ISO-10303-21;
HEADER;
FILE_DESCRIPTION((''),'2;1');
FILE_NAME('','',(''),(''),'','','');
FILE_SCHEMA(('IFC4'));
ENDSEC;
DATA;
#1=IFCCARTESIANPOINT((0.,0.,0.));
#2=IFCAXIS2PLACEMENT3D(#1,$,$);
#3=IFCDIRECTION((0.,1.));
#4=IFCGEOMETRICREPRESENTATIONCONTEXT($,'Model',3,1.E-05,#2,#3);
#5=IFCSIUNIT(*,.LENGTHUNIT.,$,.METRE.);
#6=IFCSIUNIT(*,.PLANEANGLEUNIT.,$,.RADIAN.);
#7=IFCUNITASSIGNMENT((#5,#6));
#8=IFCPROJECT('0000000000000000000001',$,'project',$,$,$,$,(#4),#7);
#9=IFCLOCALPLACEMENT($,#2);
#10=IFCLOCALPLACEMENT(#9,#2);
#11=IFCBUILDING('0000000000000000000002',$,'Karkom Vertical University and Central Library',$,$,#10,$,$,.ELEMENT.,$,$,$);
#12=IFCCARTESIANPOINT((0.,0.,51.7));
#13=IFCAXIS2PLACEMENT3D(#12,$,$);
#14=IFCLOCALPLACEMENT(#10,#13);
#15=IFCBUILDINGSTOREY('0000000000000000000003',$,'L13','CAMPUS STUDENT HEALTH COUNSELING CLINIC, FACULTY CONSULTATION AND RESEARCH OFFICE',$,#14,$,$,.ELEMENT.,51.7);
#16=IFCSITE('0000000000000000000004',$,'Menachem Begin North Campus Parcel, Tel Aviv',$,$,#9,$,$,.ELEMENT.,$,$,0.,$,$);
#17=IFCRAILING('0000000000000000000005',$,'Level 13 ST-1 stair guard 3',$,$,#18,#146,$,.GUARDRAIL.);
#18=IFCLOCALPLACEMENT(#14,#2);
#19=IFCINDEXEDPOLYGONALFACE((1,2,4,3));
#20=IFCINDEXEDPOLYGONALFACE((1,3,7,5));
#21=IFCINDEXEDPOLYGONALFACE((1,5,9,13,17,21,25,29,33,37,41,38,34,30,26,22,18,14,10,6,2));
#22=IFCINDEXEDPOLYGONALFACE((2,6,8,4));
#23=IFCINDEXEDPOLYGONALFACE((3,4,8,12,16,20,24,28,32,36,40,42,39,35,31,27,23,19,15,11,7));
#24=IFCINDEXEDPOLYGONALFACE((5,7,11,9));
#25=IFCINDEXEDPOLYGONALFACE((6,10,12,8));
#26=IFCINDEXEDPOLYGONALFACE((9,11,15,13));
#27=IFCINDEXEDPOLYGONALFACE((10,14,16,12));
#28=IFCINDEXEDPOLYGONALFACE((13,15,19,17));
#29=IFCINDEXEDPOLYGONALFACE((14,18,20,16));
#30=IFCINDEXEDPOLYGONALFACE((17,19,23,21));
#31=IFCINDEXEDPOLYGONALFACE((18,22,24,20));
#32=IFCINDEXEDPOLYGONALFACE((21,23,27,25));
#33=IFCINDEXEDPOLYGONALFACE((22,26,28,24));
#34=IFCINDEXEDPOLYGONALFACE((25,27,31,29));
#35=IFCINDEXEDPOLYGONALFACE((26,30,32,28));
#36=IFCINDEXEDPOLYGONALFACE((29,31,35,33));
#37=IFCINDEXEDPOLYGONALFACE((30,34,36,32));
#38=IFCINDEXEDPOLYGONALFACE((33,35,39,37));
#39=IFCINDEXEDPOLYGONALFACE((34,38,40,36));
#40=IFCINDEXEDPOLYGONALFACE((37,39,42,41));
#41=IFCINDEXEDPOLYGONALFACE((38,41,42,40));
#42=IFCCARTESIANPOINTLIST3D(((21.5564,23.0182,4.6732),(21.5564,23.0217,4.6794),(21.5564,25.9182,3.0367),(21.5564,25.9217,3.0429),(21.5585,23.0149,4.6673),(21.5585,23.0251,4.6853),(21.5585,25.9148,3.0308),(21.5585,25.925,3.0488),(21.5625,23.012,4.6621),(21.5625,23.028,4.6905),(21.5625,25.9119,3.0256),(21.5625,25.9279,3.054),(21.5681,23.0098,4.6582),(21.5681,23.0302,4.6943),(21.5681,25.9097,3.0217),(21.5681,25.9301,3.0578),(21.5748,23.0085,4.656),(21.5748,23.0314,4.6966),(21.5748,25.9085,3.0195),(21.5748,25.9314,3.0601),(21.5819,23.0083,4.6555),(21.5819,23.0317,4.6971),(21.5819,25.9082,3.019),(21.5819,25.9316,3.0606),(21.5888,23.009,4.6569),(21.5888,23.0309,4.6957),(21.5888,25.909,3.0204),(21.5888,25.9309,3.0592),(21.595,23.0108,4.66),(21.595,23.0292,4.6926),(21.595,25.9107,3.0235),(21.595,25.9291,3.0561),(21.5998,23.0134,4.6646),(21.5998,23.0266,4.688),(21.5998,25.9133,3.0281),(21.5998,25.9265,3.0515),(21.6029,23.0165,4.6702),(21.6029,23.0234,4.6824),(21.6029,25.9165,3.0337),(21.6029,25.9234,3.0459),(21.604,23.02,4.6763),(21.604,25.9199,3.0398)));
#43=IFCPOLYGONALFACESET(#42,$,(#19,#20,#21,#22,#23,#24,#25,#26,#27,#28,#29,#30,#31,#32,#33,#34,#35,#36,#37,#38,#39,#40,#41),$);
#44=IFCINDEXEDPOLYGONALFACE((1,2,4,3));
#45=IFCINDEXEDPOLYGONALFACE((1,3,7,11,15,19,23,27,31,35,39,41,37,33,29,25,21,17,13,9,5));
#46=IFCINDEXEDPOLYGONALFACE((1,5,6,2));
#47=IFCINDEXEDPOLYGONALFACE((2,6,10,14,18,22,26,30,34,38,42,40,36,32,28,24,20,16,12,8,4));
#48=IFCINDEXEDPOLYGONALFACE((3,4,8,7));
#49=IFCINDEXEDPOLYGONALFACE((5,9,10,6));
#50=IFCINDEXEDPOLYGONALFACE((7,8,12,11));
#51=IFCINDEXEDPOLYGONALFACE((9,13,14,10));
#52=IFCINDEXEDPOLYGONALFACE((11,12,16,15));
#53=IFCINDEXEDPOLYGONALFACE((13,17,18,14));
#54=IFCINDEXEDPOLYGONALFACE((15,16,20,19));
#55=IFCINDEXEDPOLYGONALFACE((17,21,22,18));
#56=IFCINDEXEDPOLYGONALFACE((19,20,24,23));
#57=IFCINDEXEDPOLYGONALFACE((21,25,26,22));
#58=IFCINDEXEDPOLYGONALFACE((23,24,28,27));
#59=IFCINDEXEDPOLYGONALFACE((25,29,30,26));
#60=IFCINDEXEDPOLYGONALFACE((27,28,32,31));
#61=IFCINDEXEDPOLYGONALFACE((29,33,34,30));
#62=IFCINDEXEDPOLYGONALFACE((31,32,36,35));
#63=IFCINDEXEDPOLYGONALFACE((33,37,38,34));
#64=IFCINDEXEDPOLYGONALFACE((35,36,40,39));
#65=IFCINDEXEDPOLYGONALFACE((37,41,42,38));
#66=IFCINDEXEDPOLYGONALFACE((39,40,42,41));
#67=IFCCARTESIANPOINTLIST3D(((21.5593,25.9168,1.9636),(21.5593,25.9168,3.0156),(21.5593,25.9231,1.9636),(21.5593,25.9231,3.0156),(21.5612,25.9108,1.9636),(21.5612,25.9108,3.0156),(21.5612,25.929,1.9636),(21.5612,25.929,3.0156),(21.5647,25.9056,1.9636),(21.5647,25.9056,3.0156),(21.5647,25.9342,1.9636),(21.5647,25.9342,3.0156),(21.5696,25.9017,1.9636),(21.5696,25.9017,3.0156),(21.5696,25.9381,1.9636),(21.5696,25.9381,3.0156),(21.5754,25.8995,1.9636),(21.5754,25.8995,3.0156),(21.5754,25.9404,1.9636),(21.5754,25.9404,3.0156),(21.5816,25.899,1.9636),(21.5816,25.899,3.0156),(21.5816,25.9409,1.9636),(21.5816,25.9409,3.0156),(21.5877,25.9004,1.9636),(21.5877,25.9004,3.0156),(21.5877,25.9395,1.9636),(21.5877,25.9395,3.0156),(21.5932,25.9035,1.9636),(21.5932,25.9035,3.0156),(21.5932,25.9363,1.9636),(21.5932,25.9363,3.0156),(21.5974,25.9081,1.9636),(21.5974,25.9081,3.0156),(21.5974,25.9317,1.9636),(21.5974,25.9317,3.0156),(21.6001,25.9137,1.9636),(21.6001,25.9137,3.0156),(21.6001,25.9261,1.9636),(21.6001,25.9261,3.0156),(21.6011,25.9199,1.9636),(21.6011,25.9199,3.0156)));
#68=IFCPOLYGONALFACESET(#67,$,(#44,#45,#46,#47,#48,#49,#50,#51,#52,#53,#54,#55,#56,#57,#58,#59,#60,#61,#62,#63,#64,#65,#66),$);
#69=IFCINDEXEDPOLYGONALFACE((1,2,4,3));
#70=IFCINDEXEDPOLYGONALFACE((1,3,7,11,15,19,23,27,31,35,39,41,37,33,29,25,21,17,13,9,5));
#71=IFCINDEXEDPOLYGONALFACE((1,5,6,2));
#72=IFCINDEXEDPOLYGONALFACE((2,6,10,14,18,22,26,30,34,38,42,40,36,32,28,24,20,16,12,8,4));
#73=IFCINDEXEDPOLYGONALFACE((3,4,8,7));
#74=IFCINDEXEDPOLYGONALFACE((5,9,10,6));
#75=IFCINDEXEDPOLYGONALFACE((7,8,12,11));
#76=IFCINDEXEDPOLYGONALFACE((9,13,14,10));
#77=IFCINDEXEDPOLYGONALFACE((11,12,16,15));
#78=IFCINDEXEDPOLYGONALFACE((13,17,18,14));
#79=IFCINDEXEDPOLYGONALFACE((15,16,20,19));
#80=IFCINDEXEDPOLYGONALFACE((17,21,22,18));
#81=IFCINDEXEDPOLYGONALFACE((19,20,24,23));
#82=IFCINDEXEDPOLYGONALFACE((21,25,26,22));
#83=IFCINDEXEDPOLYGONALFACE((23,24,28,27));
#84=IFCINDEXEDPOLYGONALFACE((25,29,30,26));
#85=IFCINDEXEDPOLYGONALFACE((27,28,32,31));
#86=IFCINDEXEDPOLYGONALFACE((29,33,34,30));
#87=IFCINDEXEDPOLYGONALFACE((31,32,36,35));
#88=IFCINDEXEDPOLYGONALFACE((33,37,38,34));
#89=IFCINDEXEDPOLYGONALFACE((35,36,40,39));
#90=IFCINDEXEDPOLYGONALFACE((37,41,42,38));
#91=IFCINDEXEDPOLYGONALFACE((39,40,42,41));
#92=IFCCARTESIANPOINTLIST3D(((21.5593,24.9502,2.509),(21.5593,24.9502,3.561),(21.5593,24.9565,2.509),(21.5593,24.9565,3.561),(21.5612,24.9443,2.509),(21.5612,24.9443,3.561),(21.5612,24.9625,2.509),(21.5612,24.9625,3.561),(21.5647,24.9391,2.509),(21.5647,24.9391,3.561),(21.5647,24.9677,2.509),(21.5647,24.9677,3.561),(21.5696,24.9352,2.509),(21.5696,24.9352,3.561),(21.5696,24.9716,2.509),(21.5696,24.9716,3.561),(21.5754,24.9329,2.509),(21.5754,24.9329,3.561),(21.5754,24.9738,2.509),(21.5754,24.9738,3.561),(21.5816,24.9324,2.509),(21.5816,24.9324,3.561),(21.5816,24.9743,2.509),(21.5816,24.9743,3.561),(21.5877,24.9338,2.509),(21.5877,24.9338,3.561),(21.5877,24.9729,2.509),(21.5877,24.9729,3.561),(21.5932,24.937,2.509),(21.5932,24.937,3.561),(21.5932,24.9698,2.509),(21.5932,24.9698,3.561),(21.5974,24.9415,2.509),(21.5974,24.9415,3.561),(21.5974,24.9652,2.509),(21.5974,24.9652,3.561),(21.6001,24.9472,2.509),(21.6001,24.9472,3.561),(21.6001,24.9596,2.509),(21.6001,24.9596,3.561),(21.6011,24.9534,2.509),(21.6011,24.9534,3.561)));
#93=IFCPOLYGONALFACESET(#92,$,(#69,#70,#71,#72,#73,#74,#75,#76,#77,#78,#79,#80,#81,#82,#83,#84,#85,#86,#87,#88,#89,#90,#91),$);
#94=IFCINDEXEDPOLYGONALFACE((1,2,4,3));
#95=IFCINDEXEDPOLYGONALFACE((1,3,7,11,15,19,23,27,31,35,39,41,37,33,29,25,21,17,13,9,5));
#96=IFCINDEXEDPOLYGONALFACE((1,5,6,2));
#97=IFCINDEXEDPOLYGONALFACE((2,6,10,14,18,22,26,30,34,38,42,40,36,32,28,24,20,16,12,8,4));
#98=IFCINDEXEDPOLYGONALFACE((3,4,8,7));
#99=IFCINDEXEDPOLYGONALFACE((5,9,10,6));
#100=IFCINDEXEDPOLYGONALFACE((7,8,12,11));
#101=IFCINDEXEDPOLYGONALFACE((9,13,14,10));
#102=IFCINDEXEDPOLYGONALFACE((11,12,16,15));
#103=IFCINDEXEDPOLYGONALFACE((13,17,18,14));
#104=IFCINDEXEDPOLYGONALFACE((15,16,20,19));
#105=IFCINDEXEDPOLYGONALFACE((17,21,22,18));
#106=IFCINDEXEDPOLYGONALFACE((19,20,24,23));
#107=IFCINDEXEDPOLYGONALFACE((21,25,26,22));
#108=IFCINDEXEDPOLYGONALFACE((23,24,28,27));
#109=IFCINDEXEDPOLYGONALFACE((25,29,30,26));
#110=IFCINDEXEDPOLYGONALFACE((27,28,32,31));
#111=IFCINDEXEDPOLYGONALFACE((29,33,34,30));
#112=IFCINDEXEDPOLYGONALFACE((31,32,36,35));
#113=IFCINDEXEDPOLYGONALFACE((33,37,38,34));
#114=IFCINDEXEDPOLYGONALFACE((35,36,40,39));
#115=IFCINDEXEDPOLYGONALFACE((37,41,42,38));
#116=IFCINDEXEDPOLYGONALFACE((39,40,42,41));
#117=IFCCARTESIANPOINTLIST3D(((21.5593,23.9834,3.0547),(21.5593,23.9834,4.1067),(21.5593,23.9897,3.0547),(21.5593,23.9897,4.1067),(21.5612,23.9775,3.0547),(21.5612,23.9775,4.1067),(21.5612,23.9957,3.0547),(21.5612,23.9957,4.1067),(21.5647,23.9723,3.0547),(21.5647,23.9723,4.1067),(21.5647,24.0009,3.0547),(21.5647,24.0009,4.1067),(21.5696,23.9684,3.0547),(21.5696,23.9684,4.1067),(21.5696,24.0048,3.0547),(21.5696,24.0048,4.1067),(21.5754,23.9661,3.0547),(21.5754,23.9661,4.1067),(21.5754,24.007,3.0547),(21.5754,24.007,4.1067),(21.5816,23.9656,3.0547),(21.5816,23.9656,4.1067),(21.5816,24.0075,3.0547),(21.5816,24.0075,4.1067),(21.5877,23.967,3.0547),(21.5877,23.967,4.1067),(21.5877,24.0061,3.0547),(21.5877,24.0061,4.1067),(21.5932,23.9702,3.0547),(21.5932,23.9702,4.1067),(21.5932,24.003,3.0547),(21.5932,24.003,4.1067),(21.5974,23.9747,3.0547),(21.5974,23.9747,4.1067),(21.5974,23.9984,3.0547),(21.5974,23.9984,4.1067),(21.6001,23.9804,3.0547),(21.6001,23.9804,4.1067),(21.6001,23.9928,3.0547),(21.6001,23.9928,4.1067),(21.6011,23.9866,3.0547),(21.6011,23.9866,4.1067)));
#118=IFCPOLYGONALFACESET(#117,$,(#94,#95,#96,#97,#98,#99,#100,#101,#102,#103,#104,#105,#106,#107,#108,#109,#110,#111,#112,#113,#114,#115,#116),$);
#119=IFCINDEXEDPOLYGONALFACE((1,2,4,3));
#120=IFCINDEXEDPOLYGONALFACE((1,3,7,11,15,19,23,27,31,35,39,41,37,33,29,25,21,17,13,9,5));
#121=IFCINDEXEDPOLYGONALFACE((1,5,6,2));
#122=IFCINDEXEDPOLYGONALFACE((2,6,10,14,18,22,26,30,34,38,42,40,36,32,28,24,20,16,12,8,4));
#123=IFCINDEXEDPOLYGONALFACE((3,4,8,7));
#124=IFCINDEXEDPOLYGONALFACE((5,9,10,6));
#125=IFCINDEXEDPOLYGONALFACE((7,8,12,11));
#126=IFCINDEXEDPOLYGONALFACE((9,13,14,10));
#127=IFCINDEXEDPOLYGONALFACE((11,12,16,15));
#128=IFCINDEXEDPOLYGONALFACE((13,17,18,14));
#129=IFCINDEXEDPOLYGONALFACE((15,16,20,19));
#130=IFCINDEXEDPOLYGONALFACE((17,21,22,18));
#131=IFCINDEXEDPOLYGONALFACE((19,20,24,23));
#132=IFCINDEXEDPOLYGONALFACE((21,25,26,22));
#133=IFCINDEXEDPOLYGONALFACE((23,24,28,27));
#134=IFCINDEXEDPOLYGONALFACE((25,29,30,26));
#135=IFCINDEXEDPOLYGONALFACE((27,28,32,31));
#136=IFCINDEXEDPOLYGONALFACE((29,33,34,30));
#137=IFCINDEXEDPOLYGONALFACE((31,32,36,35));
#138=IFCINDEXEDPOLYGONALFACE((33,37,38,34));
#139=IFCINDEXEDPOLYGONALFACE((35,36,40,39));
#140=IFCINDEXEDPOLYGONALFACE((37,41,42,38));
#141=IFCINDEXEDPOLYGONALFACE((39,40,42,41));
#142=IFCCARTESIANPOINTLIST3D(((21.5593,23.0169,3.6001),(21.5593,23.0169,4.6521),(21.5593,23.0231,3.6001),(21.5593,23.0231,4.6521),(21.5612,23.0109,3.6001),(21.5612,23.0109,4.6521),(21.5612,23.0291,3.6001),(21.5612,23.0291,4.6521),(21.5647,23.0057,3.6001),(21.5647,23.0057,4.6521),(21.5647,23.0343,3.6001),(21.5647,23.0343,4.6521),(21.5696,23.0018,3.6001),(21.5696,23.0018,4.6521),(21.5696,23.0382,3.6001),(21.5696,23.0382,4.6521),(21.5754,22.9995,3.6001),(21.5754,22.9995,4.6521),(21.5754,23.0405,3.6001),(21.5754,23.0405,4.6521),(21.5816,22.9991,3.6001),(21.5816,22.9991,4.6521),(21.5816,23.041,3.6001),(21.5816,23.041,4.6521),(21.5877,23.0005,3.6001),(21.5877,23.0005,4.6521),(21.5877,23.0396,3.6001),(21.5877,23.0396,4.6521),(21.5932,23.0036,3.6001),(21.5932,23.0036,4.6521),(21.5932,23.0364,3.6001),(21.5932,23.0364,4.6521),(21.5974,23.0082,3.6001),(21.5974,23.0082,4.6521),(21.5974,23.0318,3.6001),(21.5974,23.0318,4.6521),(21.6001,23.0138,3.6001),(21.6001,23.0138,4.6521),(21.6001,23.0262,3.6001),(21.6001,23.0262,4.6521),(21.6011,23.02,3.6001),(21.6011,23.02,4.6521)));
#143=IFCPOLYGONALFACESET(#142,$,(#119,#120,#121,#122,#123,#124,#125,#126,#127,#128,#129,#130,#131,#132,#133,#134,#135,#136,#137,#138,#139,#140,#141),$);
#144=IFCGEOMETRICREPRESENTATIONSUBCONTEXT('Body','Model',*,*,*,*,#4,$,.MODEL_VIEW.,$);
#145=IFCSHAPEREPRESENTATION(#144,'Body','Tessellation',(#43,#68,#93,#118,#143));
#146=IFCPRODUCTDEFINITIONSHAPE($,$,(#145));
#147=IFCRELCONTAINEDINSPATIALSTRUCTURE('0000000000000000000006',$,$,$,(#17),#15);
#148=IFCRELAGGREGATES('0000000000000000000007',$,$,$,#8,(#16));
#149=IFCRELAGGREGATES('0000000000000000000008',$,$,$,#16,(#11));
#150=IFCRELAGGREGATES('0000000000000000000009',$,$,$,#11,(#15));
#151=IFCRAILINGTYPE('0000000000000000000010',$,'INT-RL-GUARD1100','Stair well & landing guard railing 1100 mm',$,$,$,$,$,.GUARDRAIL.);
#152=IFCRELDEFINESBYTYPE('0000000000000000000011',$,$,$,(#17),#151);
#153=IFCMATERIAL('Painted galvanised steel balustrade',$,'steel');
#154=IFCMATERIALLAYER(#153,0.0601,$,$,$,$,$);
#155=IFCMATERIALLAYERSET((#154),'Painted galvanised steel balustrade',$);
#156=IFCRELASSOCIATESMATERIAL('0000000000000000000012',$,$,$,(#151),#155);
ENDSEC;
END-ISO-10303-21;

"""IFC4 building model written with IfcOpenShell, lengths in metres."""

from ifc_helpers import new_model, si_unit, direction, frame, origin, origin_2d, place, context, subcontext, project, spatial, circle, extrude, material, layer, layer_set, type_object, element, save


model = new_model("IFC4")

# Units and contexts
model_context = context("Model", 3, precision=1e-05, world=origin(), true_north=direction((0.0, 1.0)))
body_context = subcontext(model_context, "Body", "Model", "MODEL_VIEW")
ifc_project = project(units=[si_unit("LENGTHUNIT", "METRE"), si_unit("PLANEANGLEUNIT", "RADIAN")], contexts=[model_context])

# Site, building, storey
site_placement = place(None, origin())
site = spatial("IfcSite", under=ifc_project, at=site_placement, Name="Menachem Begin North Campus Parcel, Tel Aviv", CompositionType="ELEMENT", RefElevation=0.0)
building_placement = place(site_placement, origin())
building = spatial("IfcBuilding", under=site, at=building_placement, Name="Karkom Vertical University and Central Library", CompositionType="ELEMENT")
storey_placement = place(building_placement, frame((0.0, 0.0, 51.7)))
storey = spatial("IfcBuildingStorey", under=building, at=storey_placement, Name="L13", Description="CAMPUS STUDENT HEALTH COUNSELING CLINIC, FACULTY CONSULTATION AND RESEARCH OFFICE", CompositionType="ELEMENT", Elevation=51.7)

# Railing
ifc_material_1 = material(Name="Painted galvanised steel balustrade", Category="steel")
ifc_layer_1 = layer(ifc_material_1, 0.0601)
ifc_layer_set_1 = layer_set([ifc_layer_1], Name="Painted galvanised steel balustrade")
railing_type_1 = type_object("IfcRailingType", Name="INT-RL-GUARD1100", Description="Stair well & landing guard railing 1100 mm", PredefinedType="GUARDRAIL", material=ifc_layer_set_1)
railing_1_placement = place(storey_placement, frame((21.5801, 25.9199, 1.9636)))
element("IfcRailing", 1, at=railing_1_placement, inside=storey, type_object=railing_type_1, Name="Level 13 ST-1 stair guard 3", PredefinedType="GUARDRAIL", context=body_context, shape_type="SweptSolid", body=[
    extrude(circle(Radius=0.0239, at=origin_2d()), frame((0.0, 0.0, 1.0762), z_axis=(0.0, -0.870897, 0.491465), x_axis=(1.0, 0.0, 0.0)), (0.0, 0.0, 1.0), 3.3298),
    extrude(circle(Radius=0.021, at=origin_2d()), origin(), (0.0, 0.0, 1.0), 1.052),
    extrude(circle(Radius=0.021, at=origin_2d()), frame((0.0, -0.9666, 0.5454)), (0.0, 0.0, 1.0), 1.052),
    extrude(circle(Radius=0.021, at=origin_2d()), frame((0.0, -1.9333, 1.0911)), (0.0, 0.0, 1.0), 1.052),
    extrude(circle(Radius=0.021, at=origin_2d()), frame((0.0, -2.8999, 1.6365)), (0.0, 0.0, 1.0), 1.052),
])

save(model, "model.ifc")
